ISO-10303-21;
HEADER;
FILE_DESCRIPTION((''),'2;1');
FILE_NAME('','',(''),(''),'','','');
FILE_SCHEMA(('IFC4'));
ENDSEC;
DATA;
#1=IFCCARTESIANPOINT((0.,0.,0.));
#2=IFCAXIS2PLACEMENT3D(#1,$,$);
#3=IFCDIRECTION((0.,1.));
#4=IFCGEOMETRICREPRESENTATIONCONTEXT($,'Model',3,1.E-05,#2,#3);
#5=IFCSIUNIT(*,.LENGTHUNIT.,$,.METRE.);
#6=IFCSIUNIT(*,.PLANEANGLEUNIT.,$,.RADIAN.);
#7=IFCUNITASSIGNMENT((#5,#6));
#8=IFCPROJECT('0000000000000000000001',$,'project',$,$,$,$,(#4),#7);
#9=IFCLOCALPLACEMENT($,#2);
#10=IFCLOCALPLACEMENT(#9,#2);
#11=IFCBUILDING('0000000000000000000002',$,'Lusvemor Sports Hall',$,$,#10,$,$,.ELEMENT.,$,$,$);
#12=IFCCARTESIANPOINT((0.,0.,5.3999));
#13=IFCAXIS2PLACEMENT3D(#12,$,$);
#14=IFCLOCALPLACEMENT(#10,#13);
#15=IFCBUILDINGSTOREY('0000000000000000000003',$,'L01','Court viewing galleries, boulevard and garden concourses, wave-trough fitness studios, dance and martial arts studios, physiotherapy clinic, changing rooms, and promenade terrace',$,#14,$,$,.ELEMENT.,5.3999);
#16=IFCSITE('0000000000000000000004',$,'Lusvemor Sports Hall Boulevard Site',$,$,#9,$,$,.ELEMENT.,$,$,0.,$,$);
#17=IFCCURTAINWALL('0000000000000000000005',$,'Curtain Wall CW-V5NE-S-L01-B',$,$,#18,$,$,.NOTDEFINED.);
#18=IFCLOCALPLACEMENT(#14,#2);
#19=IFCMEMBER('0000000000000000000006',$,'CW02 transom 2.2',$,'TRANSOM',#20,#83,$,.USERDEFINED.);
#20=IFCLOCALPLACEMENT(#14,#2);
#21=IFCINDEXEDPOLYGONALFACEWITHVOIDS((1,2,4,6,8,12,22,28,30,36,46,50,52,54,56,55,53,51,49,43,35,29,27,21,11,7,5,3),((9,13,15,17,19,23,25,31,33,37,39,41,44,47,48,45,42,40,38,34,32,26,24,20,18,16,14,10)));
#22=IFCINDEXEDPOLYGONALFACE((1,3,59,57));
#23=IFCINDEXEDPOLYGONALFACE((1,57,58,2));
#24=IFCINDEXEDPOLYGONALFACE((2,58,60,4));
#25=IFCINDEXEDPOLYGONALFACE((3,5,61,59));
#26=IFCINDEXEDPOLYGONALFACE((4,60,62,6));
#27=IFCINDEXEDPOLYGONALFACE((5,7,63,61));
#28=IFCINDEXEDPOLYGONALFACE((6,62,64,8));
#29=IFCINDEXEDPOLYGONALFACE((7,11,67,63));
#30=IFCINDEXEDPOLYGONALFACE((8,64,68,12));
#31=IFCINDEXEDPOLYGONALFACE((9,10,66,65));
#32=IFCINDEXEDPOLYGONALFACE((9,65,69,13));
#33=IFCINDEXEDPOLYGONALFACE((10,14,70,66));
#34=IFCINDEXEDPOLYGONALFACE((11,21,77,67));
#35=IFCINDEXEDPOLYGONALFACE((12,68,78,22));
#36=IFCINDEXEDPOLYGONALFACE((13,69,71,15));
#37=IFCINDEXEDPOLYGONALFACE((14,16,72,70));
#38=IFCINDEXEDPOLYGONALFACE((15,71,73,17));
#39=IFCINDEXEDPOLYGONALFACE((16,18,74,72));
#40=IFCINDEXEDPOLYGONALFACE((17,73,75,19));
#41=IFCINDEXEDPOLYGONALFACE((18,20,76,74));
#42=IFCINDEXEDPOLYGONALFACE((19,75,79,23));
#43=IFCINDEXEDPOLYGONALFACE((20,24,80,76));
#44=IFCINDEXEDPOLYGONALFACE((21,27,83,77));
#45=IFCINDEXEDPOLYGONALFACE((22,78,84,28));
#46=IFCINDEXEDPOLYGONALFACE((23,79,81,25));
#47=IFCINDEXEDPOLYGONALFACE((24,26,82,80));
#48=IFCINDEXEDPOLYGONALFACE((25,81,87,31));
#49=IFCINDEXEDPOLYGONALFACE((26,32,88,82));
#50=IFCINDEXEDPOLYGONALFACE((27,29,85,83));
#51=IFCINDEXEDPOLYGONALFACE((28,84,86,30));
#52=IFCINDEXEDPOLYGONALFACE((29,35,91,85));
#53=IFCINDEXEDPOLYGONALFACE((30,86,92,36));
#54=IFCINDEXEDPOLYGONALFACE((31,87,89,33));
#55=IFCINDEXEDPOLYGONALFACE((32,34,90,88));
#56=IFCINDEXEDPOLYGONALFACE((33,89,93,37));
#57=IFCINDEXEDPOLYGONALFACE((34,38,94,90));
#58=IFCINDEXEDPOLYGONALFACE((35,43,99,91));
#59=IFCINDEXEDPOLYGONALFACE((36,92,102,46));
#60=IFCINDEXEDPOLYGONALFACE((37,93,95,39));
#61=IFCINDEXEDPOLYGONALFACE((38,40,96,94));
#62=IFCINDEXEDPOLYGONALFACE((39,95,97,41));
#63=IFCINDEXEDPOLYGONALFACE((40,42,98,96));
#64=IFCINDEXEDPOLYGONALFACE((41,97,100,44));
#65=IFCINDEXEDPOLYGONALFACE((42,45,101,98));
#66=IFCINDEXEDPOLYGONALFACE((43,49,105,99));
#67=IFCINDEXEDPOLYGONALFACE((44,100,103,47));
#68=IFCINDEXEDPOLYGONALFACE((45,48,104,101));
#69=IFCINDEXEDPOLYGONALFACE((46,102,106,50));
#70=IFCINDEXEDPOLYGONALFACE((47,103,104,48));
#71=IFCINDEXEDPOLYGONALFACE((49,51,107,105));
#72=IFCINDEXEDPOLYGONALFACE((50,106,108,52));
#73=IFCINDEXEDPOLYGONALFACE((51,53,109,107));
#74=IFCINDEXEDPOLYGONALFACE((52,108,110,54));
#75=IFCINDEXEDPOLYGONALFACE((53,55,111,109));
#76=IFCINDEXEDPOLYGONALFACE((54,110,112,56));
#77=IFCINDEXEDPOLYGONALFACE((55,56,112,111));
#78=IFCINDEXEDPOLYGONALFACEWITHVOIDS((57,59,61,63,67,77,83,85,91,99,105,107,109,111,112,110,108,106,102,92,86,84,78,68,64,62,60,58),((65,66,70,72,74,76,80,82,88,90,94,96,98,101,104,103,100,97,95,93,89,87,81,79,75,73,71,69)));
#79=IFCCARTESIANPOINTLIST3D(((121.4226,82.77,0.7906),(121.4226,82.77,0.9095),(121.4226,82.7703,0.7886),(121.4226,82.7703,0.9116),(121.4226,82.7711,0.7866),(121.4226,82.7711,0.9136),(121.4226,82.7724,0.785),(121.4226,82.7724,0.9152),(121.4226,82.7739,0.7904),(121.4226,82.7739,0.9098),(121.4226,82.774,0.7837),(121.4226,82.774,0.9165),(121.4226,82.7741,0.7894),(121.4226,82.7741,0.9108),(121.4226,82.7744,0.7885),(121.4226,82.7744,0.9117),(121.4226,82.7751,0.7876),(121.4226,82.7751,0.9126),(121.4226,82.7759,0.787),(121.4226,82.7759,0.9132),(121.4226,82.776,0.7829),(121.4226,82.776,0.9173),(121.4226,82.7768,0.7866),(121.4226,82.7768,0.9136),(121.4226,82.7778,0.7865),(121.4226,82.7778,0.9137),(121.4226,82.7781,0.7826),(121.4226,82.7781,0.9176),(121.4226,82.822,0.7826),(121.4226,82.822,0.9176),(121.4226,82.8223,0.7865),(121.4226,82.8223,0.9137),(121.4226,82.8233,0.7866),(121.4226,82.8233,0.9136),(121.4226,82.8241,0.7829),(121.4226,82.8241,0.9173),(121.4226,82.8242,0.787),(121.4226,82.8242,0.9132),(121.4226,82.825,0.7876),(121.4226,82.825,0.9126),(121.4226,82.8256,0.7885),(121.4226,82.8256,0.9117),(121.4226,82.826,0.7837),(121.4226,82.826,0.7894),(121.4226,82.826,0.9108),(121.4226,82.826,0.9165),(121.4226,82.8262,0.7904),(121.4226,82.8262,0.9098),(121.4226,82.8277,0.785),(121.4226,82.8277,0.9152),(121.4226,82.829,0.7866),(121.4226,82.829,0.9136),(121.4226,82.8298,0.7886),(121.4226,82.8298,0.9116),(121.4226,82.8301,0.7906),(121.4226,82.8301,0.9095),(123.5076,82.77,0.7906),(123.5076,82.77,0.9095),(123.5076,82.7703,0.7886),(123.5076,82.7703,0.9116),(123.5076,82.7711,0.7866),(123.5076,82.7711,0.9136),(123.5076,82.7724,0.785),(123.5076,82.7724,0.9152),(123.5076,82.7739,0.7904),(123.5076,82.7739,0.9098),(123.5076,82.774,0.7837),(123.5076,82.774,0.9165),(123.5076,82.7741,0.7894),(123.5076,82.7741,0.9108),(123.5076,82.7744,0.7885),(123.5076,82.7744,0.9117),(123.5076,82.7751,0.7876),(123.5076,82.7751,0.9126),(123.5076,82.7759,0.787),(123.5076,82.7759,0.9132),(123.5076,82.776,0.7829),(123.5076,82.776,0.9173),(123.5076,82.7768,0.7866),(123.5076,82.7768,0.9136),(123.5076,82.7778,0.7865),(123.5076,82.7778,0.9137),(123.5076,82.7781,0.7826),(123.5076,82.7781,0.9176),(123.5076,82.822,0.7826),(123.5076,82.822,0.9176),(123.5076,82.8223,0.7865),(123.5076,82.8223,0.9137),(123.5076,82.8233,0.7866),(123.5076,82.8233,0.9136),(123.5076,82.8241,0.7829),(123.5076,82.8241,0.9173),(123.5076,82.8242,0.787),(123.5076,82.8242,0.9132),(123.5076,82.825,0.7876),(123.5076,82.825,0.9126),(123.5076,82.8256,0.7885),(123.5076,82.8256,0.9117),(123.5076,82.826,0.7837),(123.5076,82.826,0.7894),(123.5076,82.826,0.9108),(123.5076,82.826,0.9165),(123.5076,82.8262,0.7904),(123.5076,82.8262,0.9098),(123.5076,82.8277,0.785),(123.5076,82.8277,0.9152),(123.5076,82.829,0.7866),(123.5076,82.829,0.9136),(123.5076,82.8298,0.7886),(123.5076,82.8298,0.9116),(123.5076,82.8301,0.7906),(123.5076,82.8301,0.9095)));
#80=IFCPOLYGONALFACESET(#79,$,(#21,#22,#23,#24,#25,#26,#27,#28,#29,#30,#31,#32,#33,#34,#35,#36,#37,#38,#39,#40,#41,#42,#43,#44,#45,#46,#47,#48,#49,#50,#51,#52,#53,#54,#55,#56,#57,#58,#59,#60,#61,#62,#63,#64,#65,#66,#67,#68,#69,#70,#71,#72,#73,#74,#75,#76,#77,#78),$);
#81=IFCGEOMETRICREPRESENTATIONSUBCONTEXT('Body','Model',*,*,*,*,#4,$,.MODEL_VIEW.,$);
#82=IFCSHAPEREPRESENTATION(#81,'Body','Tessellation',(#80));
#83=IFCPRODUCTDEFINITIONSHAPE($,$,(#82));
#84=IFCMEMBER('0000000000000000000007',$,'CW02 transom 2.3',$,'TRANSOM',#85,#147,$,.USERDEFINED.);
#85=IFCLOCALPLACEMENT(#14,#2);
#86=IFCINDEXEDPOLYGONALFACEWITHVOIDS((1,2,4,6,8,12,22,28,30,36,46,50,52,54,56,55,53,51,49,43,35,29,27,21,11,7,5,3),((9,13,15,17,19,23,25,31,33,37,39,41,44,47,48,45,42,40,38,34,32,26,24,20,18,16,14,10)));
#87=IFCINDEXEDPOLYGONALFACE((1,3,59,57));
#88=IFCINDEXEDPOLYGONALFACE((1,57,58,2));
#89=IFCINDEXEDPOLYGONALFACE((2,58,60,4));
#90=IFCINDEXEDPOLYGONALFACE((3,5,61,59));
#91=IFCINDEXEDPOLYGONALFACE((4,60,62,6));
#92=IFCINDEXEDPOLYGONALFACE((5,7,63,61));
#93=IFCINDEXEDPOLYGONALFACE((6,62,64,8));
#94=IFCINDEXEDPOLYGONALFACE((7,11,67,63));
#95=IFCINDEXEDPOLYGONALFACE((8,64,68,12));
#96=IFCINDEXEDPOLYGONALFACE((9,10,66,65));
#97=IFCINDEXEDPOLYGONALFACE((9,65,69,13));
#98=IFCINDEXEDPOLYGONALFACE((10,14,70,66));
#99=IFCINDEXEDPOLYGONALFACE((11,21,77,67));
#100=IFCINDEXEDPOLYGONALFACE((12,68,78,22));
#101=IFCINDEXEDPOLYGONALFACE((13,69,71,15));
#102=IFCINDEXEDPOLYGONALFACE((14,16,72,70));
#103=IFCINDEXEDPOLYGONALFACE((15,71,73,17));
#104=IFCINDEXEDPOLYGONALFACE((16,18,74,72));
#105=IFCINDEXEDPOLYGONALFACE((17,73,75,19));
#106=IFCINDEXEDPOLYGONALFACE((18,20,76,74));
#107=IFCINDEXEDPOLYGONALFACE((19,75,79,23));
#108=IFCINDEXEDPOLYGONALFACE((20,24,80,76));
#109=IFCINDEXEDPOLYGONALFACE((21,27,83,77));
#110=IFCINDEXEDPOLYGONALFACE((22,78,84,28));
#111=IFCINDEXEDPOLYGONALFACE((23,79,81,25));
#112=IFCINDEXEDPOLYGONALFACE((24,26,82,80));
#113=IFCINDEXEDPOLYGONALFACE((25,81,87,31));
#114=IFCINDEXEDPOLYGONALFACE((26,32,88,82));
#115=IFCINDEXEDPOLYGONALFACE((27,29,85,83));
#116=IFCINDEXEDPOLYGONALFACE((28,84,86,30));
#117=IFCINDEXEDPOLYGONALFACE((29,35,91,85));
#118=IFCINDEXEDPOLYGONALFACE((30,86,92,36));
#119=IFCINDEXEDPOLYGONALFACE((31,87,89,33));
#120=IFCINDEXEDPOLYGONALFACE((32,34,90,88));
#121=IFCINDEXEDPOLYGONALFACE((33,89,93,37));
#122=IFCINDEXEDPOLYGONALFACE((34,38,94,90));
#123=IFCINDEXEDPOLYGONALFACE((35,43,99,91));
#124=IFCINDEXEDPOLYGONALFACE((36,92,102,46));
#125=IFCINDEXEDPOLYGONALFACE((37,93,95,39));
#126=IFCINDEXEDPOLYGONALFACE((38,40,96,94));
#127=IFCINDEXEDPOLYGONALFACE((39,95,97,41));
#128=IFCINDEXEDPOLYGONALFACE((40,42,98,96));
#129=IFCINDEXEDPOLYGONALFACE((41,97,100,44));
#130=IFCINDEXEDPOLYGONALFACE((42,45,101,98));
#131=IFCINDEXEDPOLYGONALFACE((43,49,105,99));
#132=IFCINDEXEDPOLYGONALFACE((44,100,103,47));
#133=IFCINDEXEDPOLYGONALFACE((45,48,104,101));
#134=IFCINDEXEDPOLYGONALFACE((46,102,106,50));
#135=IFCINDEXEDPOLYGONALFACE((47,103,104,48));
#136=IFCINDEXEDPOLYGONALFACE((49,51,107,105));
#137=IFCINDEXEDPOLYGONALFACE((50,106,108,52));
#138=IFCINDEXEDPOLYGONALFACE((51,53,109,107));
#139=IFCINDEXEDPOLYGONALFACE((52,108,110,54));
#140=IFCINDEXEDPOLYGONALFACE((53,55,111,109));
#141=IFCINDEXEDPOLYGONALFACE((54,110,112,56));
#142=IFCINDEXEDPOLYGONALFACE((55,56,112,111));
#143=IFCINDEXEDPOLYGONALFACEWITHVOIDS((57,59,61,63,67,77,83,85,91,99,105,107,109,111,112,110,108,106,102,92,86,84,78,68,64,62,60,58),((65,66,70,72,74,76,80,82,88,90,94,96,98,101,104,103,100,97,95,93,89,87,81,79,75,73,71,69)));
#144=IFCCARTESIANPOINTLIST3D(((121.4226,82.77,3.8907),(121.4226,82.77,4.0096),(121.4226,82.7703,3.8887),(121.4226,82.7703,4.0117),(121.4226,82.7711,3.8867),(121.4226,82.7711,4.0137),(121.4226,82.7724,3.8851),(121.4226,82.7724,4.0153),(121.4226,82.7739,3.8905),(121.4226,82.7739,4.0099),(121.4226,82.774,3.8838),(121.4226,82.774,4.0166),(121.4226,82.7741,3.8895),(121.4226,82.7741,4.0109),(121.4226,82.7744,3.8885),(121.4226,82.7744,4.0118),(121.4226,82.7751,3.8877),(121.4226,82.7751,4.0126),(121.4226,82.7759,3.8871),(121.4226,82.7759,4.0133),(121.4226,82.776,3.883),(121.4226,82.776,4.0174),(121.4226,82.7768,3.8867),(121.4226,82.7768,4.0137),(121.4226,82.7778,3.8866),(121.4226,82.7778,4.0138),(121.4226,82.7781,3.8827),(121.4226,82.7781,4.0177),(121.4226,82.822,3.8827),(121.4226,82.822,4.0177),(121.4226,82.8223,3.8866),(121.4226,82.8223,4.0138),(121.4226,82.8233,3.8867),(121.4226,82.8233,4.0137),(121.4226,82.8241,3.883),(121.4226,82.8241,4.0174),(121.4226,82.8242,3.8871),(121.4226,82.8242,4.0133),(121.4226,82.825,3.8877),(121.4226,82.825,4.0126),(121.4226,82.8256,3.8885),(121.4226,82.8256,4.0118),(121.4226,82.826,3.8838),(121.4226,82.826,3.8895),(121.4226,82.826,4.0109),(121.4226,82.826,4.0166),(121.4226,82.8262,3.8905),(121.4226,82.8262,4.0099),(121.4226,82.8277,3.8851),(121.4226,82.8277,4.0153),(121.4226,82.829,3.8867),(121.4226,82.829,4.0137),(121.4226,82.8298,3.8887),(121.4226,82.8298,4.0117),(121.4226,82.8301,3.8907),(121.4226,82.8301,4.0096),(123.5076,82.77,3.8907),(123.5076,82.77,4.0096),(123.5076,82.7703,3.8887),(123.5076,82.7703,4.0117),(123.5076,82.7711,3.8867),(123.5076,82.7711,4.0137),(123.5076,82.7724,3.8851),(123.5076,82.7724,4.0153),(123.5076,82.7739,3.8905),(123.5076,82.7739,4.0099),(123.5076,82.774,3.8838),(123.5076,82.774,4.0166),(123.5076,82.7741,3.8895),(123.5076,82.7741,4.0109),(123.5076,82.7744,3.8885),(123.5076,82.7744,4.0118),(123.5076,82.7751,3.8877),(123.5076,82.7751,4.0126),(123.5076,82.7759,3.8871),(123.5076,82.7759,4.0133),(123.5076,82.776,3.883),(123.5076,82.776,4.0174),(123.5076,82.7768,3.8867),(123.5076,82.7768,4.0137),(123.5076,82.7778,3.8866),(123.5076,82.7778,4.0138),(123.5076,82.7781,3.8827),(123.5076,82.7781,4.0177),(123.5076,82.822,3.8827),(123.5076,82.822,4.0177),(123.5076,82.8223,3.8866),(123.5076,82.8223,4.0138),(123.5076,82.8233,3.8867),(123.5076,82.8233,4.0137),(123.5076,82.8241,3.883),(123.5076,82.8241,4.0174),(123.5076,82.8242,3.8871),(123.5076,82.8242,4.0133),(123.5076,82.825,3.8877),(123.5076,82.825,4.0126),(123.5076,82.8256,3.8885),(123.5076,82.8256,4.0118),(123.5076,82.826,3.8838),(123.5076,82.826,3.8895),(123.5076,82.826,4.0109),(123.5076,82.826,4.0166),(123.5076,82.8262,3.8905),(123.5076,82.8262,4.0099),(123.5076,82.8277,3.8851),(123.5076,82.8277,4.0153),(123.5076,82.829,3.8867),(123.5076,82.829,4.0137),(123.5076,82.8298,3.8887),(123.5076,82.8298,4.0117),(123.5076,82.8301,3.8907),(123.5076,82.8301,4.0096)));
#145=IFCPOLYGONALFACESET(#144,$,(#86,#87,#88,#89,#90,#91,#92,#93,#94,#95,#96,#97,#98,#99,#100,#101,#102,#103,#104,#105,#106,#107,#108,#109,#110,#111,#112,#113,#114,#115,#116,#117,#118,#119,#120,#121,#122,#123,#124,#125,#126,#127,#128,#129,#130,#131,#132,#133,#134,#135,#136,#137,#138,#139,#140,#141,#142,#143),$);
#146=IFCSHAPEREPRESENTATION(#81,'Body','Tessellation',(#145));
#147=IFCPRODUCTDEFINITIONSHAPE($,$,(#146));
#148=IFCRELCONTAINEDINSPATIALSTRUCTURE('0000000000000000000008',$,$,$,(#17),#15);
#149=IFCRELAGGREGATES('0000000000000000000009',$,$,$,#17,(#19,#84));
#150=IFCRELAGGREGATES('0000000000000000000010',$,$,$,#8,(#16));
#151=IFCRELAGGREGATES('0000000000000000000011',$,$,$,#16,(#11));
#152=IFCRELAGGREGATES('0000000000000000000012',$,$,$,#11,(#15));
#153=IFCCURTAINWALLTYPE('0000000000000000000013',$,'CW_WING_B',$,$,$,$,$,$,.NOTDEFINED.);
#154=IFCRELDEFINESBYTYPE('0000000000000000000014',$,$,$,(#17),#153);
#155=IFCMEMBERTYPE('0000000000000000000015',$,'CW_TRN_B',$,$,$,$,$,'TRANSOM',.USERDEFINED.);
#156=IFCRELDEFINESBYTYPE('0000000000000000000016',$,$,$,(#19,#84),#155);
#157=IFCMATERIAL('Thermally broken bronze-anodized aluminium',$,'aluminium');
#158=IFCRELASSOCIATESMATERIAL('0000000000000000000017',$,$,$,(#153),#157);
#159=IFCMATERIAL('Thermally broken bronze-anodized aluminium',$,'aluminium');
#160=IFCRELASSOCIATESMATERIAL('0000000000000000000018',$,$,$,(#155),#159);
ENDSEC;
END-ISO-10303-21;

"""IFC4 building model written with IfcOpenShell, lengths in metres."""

from ifc_helpers import new_model, si_unit, direction, frame, origin, origin_2d, place, context, subcontext, project, spatial, hollow_rectangle, extrude, material, material_profile, profile_set, type_object, element, aggregate, save


model = new_model("IFC4")

# Units and contexts
model_context = context("Model", 3, precision=1e-05, world=origin(), true_north=direction((0.0, 1.0)))
body_context = subcontext(model_context, "Body", "Model", "MODEL_VIEW")
ifc_project = project(units=[si_unit("LENGTHUNIT", "METRE"), si_unit("PLANEANGLEUNIT", "RADIAN")], contexts=[model_context])

# Site, building, storey
site_placement = place(None, origin())
site = spatial("IfcSite", under=ifc_project, at=site_placement, Name="Lusvemor Sports Hall Boulevard Site", CompositionType="ELEMENT", RefElevation=0.0)
building_placement = place(site_placement, origin())
building = spatial("IfcBuilding", under=site, at=building_placement, Name="Lusvemor Sports Hall", CompositionType="ELEMENT")
storey_placement = place(building_placement, frame((0.0, 0.0, 5.3999)))
storey = spatial("IfcBuildingStorey", under=building, at=storey_placement, Name="L01", Description="Court viewing galleries, boulevard and garden concourses, wave-trough fitness studios, dance and martial arts studios, physiotherapy clinic, changing rooms, and promenade terrace", CompositionType="ELEMENT", Elevation=5.3999)

# Shared definitions
ifc_material_1 = material(Name="Thermally broken bronze-anodized aluminium", Category="aluminium")
curtain_wall_type = type_object("IfcCurtainWallType", Name="CW_WING_B", PredefinedType="NOTDEFINED", material=ifc_material_1)

# Curtain wall, members
curtain_wall_1_placement = place(storey_placement, origin())
curtain_wall_1 = element("IfcCurtainWall", 1, at=curtain_wall_1_placement, inside=storey, type_object=curtain_wall_type, Name="Curtain Wall CW-V5NE-S-L01-B", PredefinedType="NOTDEFINED")
ifc_material_2 = material(Name="Thermally broken bronze-anodized aluminium", Category="aluminium")
ifc_material_profile_1 = material_profile(ifc_material_2, hollow_rectangle(XDim=0.0601, YDim=0.135, WallThickness=0.0039, InnerFilletRadius=0.0039, OuterFilletRadius=0.0081, at=origin_2d()), Name="CWTRN135x60x4")
ifc_profile_set_1 = profile_set([ifc_material_profile_1], Name="Thermally broken bronze-anodized aluminium")
member_type_1 = type_object("IfcMemberType", Name="CW_TRN_B", ElementType="TRANSOM", PredefinedType="USERDEFINED", material=ifc_profile_set_1)
member_1_placement = place(storey_placement, frame((123.5076, 82.8, 0.8501), z_axis=(-1.0, 0.0, 0.0), x_axis=(0.0, -1.0, 0.0)))
member_1 = element("IfcMember", 2, at=member_1_placement, type_object=member_type_1, Name="CW02 transom 2.2", ObjectType="TRANSOM", PredefinedType="USERDEFINED", context=body_context, shape_type="SweptSolid", body=[
    extrude(hollow_rectangle(XDim=0.0601, YDim=0.135, WallThickness=0.0039, InnerFilletRadius=0.0039, OuterFilletRadius=0.0081, at=origin_2d()), origin(), (0.0, 0.0, 1.0), 2.085),
])
member_2_placement = place(storey_placement, frame((123.5076, 82.8, 3.9502), z_axis=(-1.0, 0.0, 0.0), x_axis=(0.0, -1.0, 0.0)))
member_2 = element("IfcMember", 3, at=member_2_placement, type_object=member_type_1, Name="CW02 transom 2.3", ObjectType="TRANSOM", PredefinedType="USERDEFINED", context=body_context, shape_type="SweptSolid", body=[
    extrude(hollow_rectangle(XDim=0.0601, YDim=0.135, WallThickness=0.0039, InnerFilletRadius=0.0039, OuterFilletRadius=0.0081, at=origin_2d()), origin(), (0.0, 0.0, 1.0), 2.085),
])

aggregate(curtain_wall_1, [member_1, member_2])

save(model, "model.ifc")
